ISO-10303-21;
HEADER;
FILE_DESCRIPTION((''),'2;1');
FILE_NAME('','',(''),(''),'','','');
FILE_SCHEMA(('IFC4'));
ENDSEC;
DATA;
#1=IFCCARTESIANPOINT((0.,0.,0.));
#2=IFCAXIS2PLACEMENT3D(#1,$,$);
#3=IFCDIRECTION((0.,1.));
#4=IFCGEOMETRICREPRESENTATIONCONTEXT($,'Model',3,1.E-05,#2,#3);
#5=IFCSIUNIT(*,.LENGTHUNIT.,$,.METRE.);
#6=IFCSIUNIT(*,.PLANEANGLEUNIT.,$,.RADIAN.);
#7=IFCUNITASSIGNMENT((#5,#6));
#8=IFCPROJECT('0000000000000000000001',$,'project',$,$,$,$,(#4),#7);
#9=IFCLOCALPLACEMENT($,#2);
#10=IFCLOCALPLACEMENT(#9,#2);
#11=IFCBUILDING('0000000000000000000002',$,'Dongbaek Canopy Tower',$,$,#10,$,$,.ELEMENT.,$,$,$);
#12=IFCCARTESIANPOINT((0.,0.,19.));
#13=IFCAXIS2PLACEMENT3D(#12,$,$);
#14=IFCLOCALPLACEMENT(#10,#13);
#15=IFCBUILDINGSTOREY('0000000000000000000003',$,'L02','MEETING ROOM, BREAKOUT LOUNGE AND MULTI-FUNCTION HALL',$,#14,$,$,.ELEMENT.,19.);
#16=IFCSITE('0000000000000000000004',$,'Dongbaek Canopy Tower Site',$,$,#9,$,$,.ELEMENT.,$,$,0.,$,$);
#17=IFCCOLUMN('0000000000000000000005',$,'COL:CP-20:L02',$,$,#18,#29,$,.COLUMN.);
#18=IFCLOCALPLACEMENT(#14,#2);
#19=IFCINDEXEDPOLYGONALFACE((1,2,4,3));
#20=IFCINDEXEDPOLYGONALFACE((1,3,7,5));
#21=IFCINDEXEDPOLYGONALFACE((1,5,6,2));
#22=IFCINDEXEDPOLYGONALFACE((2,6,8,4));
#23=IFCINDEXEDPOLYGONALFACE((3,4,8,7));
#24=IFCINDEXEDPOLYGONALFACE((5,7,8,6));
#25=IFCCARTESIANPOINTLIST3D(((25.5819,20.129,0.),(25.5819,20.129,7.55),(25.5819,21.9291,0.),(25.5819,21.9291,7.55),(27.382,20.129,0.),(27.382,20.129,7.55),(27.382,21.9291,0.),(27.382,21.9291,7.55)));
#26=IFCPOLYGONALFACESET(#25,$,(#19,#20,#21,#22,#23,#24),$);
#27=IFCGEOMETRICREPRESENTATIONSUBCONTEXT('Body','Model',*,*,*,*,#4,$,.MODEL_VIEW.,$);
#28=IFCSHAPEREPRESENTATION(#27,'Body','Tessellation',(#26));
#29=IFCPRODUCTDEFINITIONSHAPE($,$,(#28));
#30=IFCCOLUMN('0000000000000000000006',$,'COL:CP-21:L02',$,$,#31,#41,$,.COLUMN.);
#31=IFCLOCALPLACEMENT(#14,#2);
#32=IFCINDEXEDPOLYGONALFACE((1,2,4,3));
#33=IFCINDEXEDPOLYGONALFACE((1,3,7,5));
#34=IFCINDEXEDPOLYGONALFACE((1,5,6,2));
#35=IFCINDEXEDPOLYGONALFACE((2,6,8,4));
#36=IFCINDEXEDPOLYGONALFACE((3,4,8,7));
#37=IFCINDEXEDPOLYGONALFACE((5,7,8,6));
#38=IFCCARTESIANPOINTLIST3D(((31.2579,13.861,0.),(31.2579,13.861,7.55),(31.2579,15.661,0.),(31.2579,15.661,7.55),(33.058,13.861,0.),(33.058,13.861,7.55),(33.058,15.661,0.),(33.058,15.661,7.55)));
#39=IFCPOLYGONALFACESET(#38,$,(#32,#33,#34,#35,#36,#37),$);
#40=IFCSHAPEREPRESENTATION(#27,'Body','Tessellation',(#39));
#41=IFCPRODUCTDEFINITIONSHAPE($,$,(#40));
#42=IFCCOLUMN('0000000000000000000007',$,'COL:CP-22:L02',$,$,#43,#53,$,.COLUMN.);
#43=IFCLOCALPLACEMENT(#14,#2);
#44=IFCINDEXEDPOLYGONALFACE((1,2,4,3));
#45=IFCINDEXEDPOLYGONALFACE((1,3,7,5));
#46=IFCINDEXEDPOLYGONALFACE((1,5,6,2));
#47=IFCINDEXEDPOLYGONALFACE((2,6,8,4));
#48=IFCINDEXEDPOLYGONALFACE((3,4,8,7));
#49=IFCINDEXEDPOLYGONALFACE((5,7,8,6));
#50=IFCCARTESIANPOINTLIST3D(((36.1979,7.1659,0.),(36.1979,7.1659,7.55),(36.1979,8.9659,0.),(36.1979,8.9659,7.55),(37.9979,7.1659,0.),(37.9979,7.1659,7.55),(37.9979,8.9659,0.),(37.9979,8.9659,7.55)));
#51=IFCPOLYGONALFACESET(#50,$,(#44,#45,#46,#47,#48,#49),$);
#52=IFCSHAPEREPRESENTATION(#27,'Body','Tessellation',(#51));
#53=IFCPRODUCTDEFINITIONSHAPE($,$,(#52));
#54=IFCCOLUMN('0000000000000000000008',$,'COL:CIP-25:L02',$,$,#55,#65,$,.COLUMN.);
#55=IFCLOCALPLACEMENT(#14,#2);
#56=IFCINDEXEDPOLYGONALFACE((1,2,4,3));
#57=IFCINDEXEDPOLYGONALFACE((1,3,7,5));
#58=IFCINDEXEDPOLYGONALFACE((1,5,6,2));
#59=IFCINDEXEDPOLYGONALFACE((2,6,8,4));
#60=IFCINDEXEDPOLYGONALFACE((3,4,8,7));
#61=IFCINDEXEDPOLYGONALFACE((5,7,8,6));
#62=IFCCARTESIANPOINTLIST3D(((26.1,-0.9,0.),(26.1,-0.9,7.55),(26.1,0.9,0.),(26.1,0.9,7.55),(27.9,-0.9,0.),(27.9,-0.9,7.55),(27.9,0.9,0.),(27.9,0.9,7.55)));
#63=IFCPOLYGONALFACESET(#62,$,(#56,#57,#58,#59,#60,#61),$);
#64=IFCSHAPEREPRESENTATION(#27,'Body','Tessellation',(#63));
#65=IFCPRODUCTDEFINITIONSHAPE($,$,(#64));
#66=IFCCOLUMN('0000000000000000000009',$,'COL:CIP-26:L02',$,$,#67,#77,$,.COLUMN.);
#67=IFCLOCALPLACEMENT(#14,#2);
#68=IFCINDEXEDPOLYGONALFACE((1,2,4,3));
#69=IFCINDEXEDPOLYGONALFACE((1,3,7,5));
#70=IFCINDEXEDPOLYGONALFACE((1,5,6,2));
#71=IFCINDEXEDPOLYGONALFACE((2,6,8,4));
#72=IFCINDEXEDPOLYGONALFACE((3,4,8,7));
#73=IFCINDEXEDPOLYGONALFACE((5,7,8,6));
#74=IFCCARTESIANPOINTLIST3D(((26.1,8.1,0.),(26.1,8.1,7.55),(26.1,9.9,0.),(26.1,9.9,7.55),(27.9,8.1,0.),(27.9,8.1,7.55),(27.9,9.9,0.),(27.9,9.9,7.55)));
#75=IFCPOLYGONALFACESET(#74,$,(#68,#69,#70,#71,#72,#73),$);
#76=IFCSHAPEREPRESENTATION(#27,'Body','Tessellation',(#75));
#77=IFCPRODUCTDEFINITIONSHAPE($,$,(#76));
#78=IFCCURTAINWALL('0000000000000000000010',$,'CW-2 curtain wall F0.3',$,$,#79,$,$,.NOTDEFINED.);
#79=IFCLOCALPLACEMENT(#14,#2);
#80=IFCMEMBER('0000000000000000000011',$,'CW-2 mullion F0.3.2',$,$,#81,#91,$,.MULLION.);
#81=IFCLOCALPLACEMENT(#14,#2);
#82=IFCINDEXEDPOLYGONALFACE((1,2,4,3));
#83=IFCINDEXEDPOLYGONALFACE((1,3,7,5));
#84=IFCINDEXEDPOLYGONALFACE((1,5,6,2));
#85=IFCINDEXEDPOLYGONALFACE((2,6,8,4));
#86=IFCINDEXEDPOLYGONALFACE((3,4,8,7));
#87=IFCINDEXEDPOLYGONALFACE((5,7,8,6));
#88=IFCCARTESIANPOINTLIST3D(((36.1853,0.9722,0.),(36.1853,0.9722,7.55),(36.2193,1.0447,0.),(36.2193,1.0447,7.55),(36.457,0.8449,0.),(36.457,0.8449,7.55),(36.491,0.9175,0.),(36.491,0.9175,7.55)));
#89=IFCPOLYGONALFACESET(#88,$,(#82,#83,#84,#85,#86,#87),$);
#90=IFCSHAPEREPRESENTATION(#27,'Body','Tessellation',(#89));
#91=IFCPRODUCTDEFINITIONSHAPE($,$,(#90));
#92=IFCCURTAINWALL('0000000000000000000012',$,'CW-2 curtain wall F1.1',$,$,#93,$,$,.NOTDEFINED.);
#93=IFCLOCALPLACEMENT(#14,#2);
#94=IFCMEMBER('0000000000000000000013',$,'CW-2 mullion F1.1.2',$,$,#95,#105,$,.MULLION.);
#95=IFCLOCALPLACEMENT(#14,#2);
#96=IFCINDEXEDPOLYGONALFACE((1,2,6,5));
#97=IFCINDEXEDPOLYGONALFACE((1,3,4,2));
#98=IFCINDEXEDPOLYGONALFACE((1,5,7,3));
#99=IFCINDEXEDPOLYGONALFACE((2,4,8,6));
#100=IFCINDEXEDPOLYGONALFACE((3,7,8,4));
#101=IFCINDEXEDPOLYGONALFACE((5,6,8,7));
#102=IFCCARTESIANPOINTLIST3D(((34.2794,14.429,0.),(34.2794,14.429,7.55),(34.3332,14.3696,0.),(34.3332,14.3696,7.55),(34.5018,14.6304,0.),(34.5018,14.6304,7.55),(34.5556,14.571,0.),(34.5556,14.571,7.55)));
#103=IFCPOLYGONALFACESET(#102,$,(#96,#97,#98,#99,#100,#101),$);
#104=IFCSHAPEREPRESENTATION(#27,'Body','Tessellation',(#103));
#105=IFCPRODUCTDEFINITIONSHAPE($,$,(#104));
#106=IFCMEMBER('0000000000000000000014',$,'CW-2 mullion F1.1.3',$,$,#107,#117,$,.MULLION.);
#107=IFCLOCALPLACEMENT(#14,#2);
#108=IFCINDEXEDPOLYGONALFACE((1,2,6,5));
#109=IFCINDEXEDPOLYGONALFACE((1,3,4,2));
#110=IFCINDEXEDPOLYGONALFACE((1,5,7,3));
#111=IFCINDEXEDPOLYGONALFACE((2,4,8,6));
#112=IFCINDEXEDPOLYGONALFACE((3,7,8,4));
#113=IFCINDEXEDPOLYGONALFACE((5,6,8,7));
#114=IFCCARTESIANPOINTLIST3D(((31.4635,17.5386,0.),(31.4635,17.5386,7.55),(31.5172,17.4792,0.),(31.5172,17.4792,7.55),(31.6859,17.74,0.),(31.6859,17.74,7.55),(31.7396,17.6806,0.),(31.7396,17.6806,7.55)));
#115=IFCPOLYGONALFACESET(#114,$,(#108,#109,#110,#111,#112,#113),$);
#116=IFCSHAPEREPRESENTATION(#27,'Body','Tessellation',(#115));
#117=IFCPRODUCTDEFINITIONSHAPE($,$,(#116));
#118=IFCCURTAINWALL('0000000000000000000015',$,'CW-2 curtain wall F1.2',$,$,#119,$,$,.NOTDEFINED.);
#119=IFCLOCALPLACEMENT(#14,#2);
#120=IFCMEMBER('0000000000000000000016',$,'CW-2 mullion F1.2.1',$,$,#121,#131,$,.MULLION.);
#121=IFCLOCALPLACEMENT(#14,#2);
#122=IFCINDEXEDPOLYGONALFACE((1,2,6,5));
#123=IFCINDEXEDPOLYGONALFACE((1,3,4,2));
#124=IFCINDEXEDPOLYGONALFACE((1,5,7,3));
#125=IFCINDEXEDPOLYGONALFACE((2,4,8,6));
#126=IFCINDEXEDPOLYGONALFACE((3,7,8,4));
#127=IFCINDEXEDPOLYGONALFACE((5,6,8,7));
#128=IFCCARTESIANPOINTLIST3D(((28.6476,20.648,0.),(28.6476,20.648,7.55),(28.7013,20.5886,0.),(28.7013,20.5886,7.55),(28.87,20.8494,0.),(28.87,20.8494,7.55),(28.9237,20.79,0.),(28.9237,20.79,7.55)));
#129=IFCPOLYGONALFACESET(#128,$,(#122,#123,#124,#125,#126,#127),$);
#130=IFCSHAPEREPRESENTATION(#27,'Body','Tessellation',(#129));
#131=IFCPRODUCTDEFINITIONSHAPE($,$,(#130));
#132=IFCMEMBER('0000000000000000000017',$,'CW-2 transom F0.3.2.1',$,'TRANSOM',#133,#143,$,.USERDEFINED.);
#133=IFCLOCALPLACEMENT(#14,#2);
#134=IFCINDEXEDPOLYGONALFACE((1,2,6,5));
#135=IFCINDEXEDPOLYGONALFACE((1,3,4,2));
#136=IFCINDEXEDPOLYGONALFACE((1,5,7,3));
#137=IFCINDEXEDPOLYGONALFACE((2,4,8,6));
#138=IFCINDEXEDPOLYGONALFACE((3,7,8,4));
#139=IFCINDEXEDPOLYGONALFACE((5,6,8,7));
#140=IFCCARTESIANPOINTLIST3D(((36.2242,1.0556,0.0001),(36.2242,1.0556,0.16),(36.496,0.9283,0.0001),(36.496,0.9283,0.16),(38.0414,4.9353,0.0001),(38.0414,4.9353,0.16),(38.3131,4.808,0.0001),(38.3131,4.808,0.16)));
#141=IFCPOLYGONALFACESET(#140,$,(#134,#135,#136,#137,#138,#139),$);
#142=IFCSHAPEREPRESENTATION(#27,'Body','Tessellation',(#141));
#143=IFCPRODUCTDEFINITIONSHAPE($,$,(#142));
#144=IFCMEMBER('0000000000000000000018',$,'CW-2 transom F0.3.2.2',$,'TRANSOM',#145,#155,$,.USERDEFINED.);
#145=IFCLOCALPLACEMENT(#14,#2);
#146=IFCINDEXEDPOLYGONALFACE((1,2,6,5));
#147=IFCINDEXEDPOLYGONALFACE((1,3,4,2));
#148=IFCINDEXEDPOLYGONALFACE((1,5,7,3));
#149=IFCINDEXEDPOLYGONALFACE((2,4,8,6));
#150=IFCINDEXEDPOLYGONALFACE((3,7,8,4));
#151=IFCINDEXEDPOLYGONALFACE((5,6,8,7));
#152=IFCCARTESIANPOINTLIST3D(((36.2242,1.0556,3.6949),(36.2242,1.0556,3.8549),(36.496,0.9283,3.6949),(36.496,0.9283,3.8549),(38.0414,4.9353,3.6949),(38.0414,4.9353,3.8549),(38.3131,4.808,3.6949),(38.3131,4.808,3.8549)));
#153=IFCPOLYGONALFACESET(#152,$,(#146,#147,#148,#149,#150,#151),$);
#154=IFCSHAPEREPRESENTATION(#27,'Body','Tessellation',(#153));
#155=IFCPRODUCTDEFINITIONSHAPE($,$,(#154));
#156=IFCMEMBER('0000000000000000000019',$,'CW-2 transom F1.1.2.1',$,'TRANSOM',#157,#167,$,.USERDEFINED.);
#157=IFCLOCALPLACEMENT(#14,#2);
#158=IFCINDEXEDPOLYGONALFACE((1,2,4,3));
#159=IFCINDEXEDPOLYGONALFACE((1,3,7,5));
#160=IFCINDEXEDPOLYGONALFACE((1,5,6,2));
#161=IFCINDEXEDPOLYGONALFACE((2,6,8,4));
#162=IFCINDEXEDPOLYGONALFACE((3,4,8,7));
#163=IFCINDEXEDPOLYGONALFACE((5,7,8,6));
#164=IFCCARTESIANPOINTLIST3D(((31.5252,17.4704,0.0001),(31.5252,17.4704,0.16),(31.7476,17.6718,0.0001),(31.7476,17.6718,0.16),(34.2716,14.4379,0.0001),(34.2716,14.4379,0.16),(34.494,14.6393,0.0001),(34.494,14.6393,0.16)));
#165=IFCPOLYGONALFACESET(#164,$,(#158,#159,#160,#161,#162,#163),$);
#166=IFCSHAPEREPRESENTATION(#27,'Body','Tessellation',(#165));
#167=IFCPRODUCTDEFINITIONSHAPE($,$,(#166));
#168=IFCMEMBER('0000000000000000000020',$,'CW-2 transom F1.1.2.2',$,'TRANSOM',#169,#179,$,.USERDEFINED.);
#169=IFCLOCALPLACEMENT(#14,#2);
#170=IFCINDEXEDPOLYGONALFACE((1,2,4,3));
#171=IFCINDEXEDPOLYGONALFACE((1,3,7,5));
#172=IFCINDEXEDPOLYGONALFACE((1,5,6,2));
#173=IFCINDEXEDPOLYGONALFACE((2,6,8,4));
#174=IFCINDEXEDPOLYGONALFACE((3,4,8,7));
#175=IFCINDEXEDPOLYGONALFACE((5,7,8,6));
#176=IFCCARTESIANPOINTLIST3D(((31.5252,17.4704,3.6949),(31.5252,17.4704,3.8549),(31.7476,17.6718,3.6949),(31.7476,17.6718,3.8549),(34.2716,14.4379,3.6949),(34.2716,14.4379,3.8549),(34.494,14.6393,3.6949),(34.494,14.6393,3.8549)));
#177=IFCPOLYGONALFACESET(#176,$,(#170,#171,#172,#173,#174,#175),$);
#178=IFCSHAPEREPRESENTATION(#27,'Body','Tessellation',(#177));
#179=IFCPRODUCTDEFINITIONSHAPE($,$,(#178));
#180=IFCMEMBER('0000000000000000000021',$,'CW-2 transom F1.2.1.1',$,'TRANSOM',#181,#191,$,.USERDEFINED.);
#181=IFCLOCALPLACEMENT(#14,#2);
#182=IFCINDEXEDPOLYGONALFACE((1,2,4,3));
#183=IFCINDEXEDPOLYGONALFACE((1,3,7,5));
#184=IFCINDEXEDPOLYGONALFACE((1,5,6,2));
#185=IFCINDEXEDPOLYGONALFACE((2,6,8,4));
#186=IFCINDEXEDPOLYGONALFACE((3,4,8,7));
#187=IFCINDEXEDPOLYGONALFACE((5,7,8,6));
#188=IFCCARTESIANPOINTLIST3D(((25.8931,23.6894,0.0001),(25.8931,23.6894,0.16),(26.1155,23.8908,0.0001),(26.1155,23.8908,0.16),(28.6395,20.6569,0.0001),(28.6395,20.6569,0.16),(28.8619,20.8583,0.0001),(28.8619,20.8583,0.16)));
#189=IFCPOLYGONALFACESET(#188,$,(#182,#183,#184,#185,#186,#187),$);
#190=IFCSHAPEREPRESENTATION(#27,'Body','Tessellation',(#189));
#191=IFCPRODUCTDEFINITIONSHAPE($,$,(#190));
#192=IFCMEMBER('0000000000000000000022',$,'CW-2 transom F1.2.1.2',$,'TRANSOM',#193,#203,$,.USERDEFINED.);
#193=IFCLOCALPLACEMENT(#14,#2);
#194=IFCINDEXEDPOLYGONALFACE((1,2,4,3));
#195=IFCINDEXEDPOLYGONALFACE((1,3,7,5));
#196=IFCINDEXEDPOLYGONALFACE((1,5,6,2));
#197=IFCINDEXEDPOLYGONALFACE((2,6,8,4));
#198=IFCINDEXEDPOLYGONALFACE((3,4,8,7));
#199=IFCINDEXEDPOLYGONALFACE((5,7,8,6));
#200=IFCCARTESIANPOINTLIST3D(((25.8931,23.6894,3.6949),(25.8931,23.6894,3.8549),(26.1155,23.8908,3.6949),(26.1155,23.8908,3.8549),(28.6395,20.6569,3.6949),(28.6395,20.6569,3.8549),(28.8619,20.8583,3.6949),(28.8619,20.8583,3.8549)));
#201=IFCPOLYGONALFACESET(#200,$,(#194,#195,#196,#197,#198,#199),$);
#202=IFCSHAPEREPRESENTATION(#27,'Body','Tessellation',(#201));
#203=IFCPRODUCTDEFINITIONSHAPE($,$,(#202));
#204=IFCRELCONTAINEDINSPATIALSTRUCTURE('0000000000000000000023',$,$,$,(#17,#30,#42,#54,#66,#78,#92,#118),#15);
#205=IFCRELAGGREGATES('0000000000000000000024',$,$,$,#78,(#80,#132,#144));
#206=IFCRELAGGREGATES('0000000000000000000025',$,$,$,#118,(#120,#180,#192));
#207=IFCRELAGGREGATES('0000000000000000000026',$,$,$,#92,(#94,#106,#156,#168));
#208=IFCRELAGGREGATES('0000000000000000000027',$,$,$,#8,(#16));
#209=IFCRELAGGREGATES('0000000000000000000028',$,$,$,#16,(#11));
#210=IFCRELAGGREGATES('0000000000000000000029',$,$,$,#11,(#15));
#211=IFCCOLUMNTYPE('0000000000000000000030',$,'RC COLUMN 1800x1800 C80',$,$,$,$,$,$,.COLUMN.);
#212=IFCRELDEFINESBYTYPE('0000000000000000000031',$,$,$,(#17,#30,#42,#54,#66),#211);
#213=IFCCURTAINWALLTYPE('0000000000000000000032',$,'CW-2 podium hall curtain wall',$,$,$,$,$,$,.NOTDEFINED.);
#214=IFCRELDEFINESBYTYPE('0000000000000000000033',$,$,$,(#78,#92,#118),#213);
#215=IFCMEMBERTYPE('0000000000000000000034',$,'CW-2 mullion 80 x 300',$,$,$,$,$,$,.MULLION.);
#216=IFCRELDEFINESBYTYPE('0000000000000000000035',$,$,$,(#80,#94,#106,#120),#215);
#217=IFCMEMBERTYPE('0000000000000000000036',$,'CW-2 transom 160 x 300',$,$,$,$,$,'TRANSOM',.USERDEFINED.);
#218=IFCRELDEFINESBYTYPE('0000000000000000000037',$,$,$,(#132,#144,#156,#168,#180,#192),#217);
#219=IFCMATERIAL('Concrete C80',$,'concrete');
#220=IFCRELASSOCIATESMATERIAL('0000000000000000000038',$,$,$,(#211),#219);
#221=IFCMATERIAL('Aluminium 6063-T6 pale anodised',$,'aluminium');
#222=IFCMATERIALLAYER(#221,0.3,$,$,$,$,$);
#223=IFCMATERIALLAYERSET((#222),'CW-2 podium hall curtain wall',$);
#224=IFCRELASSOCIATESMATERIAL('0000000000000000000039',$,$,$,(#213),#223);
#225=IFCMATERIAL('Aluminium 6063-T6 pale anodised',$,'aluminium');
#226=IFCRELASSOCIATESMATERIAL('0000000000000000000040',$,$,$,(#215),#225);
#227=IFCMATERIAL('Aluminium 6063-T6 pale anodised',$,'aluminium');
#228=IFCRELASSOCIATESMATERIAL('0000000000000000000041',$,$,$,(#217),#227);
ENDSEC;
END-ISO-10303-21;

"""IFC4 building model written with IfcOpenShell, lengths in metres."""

from ifc_helpers import new_model, si_unit, direction, frame, origin, origin_2d, place, context, subcontext, project, spatial, rectangle, extrude, material, layer, layer_set, material_profile, profile_set, type_object, element, aggregate, save


model = new_model("IFC4")

# Units and contexts
model_context = context("Model", 3, precision=1e-05, world=origin(), true_north=direction((0.0, 1.0)))
body_context = subcontext(model_context, "Body", "Model", "MODEL_VIEW")
ifc_project = project(units=[si_unit("LENGTHUNIT", "METRE"), si_unit("PLANEANGLEUNIT", "RADIAN")], contexts=[model_context])

# Site, building, storey
site_placement = place(None, origin())
site = spatial("IfcSite", under=ifc_project, at=site_placement, Name="Dongbaek Canopy Tower Site", CompositionType="ELEMENT", RefElevation=0.0)
building_placement = place(site_placement, origin())
building = spatial("IfcBuilding", under=site, at=building_placement, Name="Dongbaek Canopy Tower", CompositionType="ELEMENT")
storey_placement = place(building_placement, frame((0.0, 0.0, 19.0)))
storey = spatial("IfcBuildingStorey", under=building, at=storey_placement, Name="L02", Description="MEETING ROOM, BREAKOUT LOUNGE AND MULTI-FUNCTION HALL", CompositionType="ELEMENT", Elevation=19.0)

# Columns
ifc_material_1 = material(Name="Concrete C80", Category="concrete")
ifc_material_profile_1 = material_profile(ifc_material_1, rectangle(XDim=1.8, YDim=1.8, at=origin_2d()), Name="RC COLUMN 1800x1800 C80")
ifc_profile_set_1 = profile_set([ifc_material_profile_1], Name="Concrete C80")
column_type = type_object("IfcColumnType", Name="RC COLUMN 1800x1800 C80", PredefinedType="COLUMN", material=ifc_profile_set_1)
for number, where, z_axis, x_axis, name in (
    (1, (26.4819, 21.0291, 0.0), (0.0, 0.0, 1.0), (1.0, 0.0, 0.0), "COL:CP-20:L02"),
    (2, (32.158, 14.761, 0.0), (0.0, 0.0, 1.0), (1.0, 0.0, 0.0), "COL:CP-21:L02"),
    (3, (37.0979, 8.0659, 0.0), (0.0, 0.0, 1.0), (1.0, 0.0, 0.0), "COL:CP-22:L02"),
    (4, (27.0, 0.0, 0.0), (0.0, 0.0, 1.0), (1.0, 0.0, 0.0), "COL:CIP-25:L02"),
    (5, (27.0, 9.0, 0.0), (0.0, 0.0, 1.0), (1.0, 0.0, 0.0), "COL:CIP-26:L02"),
):
    element("IfcColumn", number, at=place(storey_placement, frame(where, z_axis=z_axis, x_axis=x_axis)), inside=storey, type_object=column_type, Name=name, PredefinedType="COLUMN", context=body_context, shape_type="SweptSolid", body=[
        extrude(rectangle(XDim=1.8, YDim=1.8, at=origin_2d()), origin(), (0.0, 0.0, 1.0), 7.55),
    ])

# Curtain wall, member
ifc_material_2 = material(Name="Aluminium 6063-T6 pale anodised", Category="aluminium")
ifc_layer_1 = layer(ifc_material_2, 0.3)
ifc_layer_set_1 = layer_set([ifc_layer_1], Name="CW-2 podium hall curtain wall")
curtain_wall_type = type_object("IfcCurtainWallType", Name="CW-2 podium hall curtain wall", PredefinedType="NOTDEFINED", material=ifc_layer_set_1)
curtain_wall_1_placement = place(storey_placement, origin())
curtain_wall_1 = element("IfcCurtainWall", 6, at=curtain_wall_1_placement, inside=storey, type_object=curtain_wall_type, Name="CW-2 curtain wall F0.3", PredefinedType="NOTDEFINED")
ifc_material_3 = material(Name="Aluminium 6063-T6 pale anodised", Category="aluminium")
ifc_material_profile_2 = material_profile(ifc_material_3, rectangle(XDim=0.3, YDim=0.0801, at=origin_2d()), Name="CW-2 mullion 80 x 300")
ifc_profile_set_2 = profile_set([ifc_material_profile_2], Name="Aluminium 6063-T6 pale anodised")
member_type_1 = type_object("IfcMemberType", Name="CW-2 mullion 80 x 300", PredefinedType="MULLION", material=ifc_profile_set_2)
member_1_placement = place(storey_placement, frame((36.3381, 0.9448, 0.0), z_axis=(0.0, 0.0, 1.0), x_axis=(0.905605, -0.424123, 0.0)))
member_1 = element("IfcMember", 7, at=member_1_placement, type_object=member_type_1, Name="CW-2 mullion F0.3.2", PredefinedType="MULLION", context=body_context, shape_type="SweptSolid", body=[
    extrude(rectangle(XDim=0.3, YDim=0.0801, at=origin_2d()), origin(), (0.0, 0.0, 1.0), 7.55),
])

# Curtain wall, members
curtain_wall_2_placement = place(storey_placement, origin())
curtain_wall_2 = element("IfcCurtainWall", 8, at=curtain_wall_2_placement, inside=storey, type_object=curtain_wall_type, Name="CW-2 curtain wall F1.1", PredefinedType="NOTDEFINED")
member_2_placement = place(storey_placement, frame((34.4175, 14.5, 0.0), z_axis=(0.0, 0.0, 1.0), x_axis=(0.741222, 0.67126, 0.0)))
member_2 = element("IfcMember", 9, at=member_2_placement, type_object=member_type_1, Name="CW-2 mullion F1.1.2", PredefinedType="MULLION", context=body_context, shape_type="SweptSolid", body=[
    extrude(rectangle(XDim=0.3, YDim=0.0801, at=origin_2d()), origin(), (0.0, 0.0, 1.0), 7.55),
])
member_3_placement = place(storey_placement, frame((31.6016, 17.6096, 0.0), z_axis=(0.0, 0.0, 1.0), x_axis=(0.741222, 0.67126, 0.0)))
member_3 = element("IfcMember", 10, at=member_3_placement, type_object=member_type_1, Name="CW-2 mullion F1.1.3", PredefinedType="MULLION", context=body_context, shape_type="SweptSolid", body=[
    extrude(rectangle(XDim=0.3, YDim=0.0801, at=origin_2d()), origin(), (0.0, 0.0, 1.0), 7.55),
])

# Curtain wall, member
curtain_wall_3_placement = place(storey_placement, origin())
curtain_wall_3 = element("IfcCurtainWall", 11, at=curtain_wall_3_placement, inside=storey, type_object=curtain_wall_type, Name="CW-2 curtain wall F1.2", PredefinedType="NOTDEFINED")
member_4_placement = place(storey_placement, frame((28.7856, 20.719, 0.0), z_axis=(0.0, 0.0, 1.0), x_axis=(0.741222, 0.67126, 0.0)))
member_4 = element("IfcMember", 12, at=member_4_placement, type_object=member_type_1, Name="CW-2 mullion F1.2.1", PredefinedType="MULLION", context=body_context, shape_type="SweptSolid", body=[
    extrude(rectangle(XDim=0.3, YDim=0.0801, at=origin_2d()), origin(), (0.0, 0.0, 1.0), 7.55),
])

# Members
ifc_material_4 = material(Name="Aluminium 6063-T6 pale anodised", Category="aluminium")
ifc_material_profile_3 = material_profile(ifc_material_4, rectangle(XDim=0.3, YDim=0.1599, at=origin_2d()), Name="CW-2 transom 160 x 300")
ifc_profile_set_3 = profile_set([ifc_material_profile_3], Name="Aluminium 6063-T6 pale anodised")
member_type_2 = type_object("IfcMemberType", Name="CW-2 transom 160 x 300", ElementType="TRANSOM", PredefinedType="USERDEFINED", material=ifc_profile_set_3)
member_5_placement = place(storey_placement, frame((36.3601, 0.9919, 0.0801), z_axis=(0.424158, 0.905588, 0.0), x_axis=(-0.905588, 0.424158, 0.0)))
member_5 = element("IfcMember", 13, at=member_5_placement, type_object=member_type_2, Name="CW-2 transom F0.3.2.1", ObjectType="TRANSOM", PredefinedType="USERDEFINED", context=body_context, shape_type="SweptSolid", body=[
    extrude(rectangle(XDim=0.3, YDim=0.1599, at=origin_2d()), origin(), (0.0, 0.0, 1.0), 4.2842),
])
member_6_placement = place(storey_placement, frame((36.3601, 0.9919, 3.7749), z_axis=(0.424158, 0.905588, 0.0), x_axis=(-0.905588, 0.424158, 0.0)))
member_6 = element("IfcMember", 14, at=member_6_placement, type_object=member_type_2, Name="CW-2 transom F0.3.2.2", ObjectType="TRANSOM", PredefinedType="USERDEFINED", context=body_context, shape_type="SweptSolid", body=[
    extrude(rectangle(XDim=0.3, YDim=0.1599, at=origin_2d()), origin(), (0.0, 0.0, 1.0), 4.2842),
])
aggregate(curtain_wall_1, [member_1, member_5, member_6])
member_7_placement = place(storey_placement, frame((34.3828, 14.5386, 0.0801), z_axis=(-0.671273, 0.741211, 0.0), x_axis=(-0.741211, -0.671273, 0.0)))
member_7 = element("IfcMember", 15, at=member_7_placement, type_object=member_type_2, Name="CW-2 transom F1.1.2.1", ObjectType="TRANSOM", PredefinedType="USERDEFINED", context=body_context, shape_type="SweptSolid", body=[
    extrude(rectangle(XDim=0.3, YDim=0.1599, at=origin_2d()), origin(), (0.0, 0.0, 1.0), 4.0913),
])
member_8_placement = place(storey_placement, frame((34.3828, 14.5386, 3.7749), z_axis=(-0.671273, 0.741211, 0.0), x_axis=(-0.741211, -0.671273, 0.0)))
member_8 = element("IfcMember", 16, at=member_8_placement, type_object=member_type_2, Name="CW-2 transom F1.1.2.2", ObjectType="TRANSOM", PredefinedType="USERDEFINED", context=body_context, shape_type="SweptSolid", body=[
    extrude(rectangle(XDim=0.3, YDim=0.1599, at=origin_2d()), origin(), (0.0, 0.0, 1.0), 4.0913),
])
member_9_placement = place(storey_placement, frame((28.7507, 20.7576, 0.0801), z_axis=(-0.671273, 0.741211, 0.0), x_axis=(-0.741211, -0.671273, 0.0)))
member_9 = element("IfcMember", 17, at=member_9_placement, type_object=member_type_2, Name="CW-2 transom F1.2.1.1", ObjectType="TRANSOM", PredefinedType="USERDEFINED", context=body_context, shape_type="SweptSolid", body=[
    extrude(rectangle(XDim=0.3, YDim=0.1599, at=origin_2d()), origin(), (0.0, 0.0, 1.0), 4.0913),
])
member_10_placement = place(storey_placement, frame((28.7507, 20.7576, 3.7749), z_axis=(-0.671273, 0.741211, 0.0), x_axis=(-0.741211, -0.671273, 0.0)))
member_10 = element("IfcMember", 18, at=member_10_placement, type_object=member_type_2, Name="CW-2 transom F1.2.1.2", ObjectType="TRANSOM", PredefinedType="USERDEFINED", context=body_context, shape_type="SweptSolid", body=[
    extrude(rectangle(XDim=0.3, YDim=0.1599, at=origin_2d()), origin(), (0.0, 0.0, 1.0), 4.0913),
])
aggregate(curtain_wall_3, [member_4, member_9, member_10])

aggregate(curtain_wall_2, [member_2, member_3, member_7, member_8])

save(model, "model.ifc")
